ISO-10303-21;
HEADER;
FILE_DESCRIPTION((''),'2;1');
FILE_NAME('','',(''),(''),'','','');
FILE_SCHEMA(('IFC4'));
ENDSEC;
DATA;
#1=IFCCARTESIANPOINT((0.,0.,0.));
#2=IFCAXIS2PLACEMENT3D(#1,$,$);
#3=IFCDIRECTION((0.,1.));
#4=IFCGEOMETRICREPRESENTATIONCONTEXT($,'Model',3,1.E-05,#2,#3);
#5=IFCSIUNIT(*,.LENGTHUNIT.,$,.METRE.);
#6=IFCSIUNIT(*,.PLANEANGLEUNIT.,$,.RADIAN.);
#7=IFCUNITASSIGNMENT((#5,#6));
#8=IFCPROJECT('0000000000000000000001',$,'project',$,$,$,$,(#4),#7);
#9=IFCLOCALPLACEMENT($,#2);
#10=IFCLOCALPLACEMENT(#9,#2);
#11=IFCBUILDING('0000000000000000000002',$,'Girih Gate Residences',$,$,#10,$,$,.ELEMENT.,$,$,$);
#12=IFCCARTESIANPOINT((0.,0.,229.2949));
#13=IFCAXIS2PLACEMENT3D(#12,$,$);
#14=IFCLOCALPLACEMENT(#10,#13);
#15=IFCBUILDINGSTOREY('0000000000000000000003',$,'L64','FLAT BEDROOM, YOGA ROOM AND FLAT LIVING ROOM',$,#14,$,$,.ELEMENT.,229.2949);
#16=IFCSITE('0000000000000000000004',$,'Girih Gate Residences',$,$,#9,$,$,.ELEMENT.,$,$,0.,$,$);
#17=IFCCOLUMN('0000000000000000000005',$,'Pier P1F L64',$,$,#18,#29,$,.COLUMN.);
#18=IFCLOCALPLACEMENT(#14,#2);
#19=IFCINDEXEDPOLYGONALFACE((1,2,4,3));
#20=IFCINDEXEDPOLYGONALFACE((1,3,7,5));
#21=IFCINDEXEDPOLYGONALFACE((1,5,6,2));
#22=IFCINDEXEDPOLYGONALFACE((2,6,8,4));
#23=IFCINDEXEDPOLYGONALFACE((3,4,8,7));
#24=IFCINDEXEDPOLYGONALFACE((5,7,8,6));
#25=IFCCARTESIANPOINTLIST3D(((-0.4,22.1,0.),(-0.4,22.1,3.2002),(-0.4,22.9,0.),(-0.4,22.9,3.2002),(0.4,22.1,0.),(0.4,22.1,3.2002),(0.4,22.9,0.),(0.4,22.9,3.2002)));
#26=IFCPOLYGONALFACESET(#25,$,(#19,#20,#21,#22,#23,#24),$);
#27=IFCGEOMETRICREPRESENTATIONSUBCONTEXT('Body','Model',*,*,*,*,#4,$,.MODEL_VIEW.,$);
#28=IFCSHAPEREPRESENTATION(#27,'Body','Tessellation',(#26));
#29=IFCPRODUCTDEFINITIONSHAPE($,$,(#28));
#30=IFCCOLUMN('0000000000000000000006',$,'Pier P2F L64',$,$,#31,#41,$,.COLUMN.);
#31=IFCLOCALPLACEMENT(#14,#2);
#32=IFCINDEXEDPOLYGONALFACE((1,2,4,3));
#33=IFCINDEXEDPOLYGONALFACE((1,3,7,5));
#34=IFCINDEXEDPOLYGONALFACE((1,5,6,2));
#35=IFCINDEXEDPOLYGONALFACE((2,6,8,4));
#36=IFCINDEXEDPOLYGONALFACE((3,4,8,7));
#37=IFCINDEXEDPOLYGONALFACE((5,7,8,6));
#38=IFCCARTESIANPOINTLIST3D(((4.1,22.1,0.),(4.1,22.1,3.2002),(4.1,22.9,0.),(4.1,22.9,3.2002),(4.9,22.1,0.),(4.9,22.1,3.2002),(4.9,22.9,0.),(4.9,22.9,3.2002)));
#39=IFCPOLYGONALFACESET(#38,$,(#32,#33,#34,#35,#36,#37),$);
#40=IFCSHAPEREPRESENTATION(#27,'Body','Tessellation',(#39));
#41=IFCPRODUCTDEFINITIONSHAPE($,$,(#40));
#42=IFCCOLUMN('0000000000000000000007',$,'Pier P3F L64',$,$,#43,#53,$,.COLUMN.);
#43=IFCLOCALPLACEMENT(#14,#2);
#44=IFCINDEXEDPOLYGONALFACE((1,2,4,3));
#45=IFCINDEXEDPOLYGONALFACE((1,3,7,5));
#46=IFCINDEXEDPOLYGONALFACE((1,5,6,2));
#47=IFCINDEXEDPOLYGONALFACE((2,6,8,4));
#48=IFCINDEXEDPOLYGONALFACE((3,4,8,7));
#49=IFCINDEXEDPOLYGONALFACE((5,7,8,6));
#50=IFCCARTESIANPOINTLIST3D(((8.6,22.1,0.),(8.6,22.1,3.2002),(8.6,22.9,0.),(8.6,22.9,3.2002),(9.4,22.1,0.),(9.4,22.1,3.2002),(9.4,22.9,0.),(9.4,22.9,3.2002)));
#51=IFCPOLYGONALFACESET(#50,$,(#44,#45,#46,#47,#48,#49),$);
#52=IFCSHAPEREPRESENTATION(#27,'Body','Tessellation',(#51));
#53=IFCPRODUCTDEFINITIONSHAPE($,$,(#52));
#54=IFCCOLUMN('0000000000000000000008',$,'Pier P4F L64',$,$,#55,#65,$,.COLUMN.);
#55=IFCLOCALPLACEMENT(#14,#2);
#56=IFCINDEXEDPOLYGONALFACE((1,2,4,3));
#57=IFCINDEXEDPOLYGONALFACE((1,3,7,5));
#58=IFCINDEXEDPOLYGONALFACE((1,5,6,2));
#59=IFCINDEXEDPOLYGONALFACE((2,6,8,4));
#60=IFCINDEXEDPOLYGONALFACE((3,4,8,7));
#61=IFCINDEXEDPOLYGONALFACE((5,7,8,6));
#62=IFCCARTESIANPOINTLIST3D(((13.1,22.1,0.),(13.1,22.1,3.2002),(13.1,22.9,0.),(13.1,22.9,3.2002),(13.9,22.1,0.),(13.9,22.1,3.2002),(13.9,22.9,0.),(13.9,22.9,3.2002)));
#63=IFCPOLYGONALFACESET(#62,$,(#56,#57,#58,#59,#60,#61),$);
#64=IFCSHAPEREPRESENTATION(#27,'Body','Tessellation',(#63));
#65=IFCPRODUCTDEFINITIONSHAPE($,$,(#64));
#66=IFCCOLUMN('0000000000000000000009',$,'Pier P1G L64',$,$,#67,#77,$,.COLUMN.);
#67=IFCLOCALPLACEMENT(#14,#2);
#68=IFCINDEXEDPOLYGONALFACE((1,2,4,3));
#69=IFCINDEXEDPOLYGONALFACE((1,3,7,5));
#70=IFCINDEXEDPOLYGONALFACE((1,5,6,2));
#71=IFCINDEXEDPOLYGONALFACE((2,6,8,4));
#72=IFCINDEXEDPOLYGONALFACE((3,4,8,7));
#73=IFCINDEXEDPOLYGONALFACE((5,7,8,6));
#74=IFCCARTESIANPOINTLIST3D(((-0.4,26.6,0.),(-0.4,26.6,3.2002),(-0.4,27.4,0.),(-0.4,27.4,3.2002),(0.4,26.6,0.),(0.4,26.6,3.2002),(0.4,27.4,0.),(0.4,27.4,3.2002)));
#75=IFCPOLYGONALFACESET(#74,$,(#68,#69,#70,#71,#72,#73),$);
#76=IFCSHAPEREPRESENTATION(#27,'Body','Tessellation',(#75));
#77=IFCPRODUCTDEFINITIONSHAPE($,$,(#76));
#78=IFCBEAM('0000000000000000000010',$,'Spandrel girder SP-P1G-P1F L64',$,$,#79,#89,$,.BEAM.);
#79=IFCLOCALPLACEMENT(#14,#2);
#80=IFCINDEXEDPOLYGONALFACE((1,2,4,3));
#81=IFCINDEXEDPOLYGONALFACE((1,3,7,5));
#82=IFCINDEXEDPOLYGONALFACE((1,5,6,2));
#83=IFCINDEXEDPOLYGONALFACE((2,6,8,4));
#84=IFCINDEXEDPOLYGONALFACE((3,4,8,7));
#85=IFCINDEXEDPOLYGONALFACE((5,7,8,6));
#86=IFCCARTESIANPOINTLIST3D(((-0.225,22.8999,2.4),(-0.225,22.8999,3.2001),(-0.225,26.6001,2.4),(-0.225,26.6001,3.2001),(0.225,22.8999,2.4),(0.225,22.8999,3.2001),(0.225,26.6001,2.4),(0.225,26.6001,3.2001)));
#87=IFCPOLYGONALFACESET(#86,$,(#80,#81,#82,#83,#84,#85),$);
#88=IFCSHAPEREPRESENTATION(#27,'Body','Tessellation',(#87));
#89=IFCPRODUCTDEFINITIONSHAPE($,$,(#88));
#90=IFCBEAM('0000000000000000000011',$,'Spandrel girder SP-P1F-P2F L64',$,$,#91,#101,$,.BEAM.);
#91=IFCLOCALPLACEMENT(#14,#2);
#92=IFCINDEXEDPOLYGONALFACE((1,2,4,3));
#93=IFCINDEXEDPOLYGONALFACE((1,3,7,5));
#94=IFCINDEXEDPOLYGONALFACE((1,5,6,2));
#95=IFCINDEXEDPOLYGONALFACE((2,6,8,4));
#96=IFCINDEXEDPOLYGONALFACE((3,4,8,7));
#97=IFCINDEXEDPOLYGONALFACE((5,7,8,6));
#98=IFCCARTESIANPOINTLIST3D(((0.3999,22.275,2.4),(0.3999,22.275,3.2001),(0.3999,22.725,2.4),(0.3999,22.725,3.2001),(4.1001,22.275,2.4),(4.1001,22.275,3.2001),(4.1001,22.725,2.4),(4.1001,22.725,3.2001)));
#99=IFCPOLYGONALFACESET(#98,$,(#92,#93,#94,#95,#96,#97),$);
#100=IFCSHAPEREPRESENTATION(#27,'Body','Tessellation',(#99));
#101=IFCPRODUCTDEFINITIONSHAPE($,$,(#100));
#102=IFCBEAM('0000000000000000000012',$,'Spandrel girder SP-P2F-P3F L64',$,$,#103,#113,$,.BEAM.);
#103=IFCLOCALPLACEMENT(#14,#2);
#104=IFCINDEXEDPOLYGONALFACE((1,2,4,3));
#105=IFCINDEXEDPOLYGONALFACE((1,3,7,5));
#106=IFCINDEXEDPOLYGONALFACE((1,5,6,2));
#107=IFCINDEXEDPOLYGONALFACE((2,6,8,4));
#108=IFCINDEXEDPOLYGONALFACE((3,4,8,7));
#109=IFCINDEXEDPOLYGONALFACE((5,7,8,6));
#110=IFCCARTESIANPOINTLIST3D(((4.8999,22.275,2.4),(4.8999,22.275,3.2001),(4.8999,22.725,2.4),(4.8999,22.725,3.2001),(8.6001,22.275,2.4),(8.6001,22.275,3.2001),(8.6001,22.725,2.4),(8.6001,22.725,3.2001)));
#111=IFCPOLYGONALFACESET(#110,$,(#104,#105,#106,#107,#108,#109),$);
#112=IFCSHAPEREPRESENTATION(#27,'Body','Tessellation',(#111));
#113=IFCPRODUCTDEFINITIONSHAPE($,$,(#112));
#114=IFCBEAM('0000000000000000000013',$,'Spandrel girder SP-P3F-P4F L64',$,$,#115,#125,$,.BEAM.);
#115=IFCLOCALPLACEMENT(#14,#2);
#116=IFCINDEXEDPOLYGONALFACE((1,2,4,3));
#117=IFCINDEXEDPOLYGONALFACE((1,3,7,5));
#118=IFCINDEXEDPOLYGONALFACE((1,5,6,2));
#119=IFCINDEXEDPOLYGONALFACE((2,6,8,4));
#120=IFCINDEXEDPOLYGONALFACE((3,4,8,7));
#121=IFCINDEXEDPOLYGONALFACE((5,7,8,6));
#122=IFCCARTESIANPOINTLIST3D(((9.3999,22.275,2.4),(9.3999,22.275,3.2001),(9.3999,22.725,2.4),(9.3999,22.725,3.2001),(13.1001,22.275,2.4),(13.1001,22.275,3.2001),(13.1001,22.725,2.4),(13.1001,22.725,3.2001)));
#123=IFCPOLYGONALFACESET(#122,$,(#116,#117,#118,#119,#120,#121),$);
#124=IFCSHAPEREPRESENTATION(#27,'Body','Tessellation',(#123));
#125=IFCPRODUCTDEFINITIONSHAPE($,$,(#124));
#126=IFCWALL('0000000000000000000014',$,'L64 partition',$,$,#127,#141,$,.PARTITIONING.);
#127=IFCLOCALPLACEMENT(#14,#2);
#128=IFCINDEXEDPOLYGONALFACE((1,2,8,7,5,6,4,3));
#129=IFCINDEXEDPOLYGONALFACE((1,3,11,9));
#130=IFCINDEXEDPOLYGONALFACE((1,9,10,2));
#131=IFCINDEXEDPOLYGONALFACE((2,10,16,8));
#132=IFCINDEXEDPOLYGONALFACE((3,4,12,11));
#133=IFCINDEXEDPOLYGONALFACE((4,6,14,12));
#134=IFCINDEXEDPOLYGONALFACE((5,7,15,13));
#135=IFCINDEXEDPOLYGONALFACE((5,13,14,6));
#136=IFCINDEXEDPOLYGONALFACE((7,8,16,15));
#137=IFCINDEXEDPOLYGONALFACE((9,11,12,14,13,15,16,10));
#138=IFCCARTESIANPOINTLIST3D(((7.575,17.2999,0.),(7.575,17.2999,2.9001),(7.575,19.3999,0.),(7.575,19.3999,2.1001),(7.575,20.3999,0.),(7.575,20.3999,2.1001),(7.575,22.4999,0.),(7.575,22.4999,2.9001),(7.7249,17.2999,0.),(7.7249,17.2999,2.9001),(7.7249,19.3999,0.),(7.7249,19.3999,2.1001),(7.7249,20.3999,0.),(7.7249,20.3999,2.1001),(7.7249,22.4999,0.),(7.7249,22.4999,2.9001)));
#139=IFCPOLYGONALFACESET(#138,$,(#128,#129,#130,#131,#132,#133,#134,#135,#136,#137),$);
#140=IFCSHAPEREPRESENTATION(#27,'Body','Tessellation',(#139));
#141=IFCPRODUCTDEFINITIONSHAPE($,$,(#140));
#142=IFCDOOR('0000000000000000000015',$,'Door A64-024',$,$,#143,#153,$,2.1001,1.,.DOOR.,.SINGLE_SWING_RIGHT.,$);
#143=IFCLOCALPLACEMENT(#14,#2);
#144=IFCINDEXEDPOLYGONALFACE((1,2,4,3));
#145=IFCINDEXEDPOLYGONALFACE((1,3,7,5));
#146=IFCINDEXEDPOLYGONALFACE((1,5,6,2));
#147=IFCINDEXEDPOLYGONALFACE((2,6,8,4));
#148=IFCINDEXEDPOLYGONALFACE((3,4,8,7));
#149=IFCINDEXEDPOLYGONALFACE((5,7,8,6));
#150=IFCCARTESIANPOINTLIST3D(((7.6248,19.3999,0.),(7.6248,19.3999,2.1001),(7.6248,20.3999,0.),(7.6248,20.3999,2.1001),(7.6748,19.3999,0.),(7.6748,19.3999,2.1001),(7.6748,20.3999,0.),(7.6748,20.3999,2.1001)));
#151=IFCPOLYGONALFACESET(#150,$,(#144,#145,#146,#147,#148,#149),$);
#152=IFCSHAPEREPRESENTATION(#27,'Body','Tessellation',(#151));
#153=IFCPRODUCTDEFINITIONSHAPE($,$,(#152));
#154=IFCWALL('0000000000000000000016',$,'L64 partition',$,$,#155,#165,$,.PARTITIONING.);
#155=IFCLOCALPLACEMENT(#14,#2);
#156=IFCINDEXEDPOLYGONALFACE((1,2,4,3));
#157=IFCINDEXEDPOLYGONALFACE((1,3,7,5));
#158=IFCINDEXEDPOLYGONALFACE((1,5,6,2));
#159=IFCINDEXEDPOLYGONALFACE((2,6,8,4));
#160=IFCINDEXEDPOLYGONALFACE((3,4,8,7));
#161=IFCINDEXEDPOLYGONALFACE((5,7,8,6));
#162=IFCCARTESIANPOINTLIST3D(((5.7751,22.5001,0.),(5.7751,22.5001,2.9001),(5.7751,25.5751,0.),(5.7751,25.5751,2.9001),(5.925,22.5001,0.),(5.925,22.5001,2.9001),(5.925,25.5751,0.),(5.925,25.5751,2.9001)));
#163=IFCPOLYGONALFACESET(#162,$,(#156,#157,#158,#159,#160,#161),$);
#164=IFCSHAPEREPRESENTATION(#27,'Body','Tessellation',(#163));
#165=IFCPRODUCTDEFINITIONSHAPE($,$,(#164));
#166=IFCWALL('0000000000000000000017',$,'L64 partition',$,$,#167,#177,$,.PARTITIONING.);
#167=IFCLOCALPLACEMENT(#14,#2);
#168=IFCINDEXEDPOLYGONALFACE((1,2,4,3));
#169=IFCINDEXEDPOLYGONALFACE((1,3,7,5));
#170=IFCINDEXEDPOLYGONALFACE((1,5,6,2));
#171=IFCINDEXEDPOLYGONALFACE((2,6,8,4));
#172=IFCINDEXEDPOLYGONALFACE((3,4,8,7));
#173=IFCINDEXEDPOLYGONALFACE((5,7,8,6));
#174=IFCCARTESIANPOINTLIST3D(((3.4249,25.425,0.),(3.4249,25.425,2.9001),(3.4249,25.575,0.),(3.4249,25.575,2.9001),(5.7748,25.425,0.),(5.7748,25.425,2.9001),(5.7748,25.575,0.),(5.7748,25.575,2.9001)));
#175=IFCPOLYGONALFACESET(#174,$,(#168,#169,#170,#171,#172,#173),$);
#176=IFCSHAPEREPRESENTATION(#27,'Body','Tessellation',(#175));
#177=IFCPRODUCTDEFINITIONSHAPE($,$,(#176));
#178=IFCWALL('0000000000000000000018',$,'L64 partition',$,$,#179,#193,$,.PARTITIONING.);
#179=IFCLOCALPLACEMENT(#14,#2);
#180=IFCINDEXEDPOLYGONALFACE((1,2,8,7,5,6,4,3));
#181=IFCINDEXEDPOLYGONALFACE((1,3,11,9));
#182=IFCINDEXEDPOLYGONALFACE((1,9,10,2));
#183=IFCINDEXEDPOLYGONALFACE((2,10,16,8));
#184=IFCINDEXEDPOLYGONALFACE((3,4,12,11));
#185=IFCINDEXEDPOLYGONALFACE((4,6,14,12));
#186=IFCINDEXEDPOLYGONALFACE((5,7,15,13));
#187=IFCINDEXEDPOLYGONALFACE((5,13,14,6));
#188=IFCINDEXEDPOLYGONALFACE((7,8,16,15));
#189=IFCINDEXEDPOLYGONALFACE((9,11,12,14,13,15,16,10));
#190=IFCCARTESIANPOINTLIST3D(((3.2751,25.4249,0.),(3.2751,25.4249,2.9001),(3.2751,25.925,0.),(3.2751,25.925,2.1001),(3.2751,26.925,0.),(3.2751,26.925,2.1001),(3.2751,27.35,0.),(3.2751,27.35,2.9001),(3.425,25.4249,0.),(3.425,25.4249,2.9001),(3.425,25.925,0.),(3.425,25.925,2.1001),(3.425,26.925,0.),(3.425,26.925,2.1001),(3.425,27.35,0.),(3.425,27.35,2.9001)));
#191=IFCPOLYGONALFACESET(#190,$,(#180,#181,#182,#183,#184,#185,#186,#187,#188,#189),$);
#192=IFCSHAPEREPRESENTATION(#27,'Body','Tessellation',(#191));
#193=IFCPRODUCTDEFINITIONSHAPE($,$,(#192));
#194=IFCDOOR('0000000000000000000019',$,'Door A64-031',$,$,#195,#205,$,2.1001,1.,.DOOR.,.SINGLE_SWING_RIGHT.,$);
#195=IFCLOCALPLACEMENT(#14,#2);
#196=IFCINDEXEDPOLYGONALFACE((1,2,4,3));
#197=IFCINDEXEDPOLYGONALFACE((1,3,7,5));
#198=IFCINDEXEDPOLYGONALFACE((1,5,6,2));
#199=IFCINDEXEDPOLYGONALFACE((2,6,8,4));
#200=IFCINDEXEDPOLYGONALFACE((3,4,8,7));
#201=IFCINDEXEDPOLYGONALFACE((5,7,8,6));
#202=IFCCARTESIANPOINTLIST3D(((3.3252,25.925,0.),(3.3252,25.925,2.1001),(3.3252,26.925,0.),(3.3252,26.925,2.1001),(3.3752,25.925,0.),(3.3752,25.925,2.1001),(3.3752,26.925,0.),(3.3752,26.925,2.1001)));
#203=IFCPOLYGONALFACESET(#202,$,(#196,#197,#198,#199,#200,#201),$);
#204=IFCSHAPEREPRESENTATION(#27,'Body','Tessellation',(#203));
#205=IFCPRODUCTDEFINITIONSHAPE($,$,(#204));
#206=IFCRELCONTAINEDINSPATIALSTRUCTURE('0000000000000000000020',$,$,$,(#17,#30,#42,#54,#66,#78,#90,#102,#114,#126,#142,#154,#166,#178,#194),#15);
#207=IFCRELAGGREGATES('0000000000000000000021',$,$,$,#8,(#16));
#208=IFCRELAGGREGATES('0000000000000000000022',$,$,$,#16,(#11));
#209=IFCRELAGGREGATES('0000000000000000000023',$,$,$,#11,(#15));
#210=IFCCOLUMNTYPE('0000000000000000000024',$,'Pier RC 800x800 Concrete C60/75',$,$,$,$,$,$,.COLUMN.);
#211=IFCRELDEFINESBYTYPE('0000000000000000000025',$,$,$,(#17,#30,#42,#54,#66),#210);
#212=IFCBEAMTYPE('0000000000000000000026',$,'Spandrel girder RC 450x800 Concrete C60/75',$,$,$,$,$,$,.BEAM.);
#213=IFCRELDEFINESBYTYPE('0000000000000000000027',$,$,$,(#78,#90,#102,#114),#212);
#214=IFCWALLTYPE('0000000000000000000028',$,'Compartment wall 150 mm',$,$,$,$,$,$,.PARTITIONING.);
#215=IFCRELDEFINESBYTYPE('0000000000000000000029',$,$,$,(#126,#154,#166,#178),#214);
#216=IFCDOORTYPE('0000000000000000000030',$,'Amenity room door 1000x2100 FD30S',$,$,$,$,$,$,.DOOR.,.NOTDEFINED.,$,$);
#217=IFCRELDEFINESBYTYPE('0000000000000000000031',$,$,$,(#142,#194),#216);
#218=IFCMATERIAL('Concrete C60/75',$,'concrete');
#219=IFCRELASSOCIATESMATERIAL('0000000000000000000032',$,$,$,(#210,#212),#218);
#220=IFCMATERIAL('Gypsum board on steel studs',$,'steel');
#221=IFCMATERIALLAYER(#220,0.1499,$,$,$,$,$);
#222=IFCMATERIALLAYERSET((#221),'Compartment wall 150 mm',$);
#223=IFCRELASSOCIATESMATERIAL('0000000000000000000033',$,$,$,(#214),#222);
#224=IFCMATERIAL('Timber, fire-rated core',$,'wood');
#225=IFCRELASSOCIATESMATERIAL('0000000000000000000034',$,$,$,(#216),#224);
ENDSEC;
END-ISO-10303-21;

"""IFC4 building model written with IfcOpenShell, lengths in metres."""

from ifc_helpers import new_model, si_unit, direction, frame, frame_2d, origin, origin_2d, place, context, subcontext, project, spatial, rectangle, extrude, material, layer, layer_set, material_profile, profile_set, type_object, element, fill, save


model = new_model("IFC4")

# Units and contexts
model_context = context("Model", 3, precision=1e-05, world=origin(), true_north=direction((0.0, 1.0)))
body_context = subcontext(model_context, "Body", "Model", "MODEL_VIEW")
ifc_project = project(units=[si_unit("LENGTHUNIT", "METRE"), si_unit("PLANEANGLEUNIT", "RADIAN")], contexts=[model_context])

# Site, building, storey
site_placement = place(None, origin())
site = spatial("IfcSite", under=ifc_project, at=site_placement, Name="Girih Gate Residences", CompositionType="ELEMENT", RefElevation=0.0)
building_placement = place(site_placement, origin())
building = spatial("IfcBuilding", under=site, at=building_placement, Name="Girih Gate Residences", CompositionType="ELEMENT")
storey_placement = place(building_placement, frame((0.0, 0.0, 229.2949)))
storey = spatial("IfcBuildingStorey", under=building, at=storey_placement, Name="L64", Description="FLAT BEDROOM, YOGA ROOM AND FLAT LIVING ROOM", CompositionType="ELEMENT", Elevation=229.2949)

# Columns
ifc_material_1 = material(Name="Concrete C60/75", Category="concrete")
ifc_material_profile_1 = material_profile(ifc_material_1, rectangle(XDim=0.8, YDim=0.8, at=origin_2d()))
ifc_profile_set_1 = profile_set([ifc_material_profile_1], Name="Concrete C60/75")
column_type = type_object("IfcColumnType", Name="Pier RC 800x800 Concrete C60/75", PredefinedType="COLUMN", material=ifc_profile_set_1)
for number, where, z_axis, x_axis, name in (
    (1, (0.0, 22.5, 0.0), (0.0, 0.0, 1.0), (1.0, 0.0, 0.0), "Pier P1F L64"),
    (2, (4.5, 22.5, 0.0), (0.0, 0.0, 1.0), (1.0, 0.0, 0.0), "Pier P2F L64"),
    (3, (9.0, 22.5, 0.0), (0.0, 0.0, 1.0), (1.0, 0.0, 0.0), "Pier P3F L64"),
    (4, (13.5, 22.5, 0.0), (0.0, 0.0, 1.0), (1.0, 0.0, 0.0), "Pier P4F L64"),
    (5, (0.0, 27.0, 0.0), (0.0, 0.0, 1.0), (1.0, 0.0, 0.0), "Pier P1G L64"),
):
    element("IfcColumn", number, at=place(storey_placement, frame(where, z_axis=z_axis, x_axis=x_axis)), inside=storey, type_object=column_type, Name=name, PredefinedType="COLUMN", context=body_context, shape_type="SweptSolid", body=[
        extrude(rectangle(XDim=0.8, YDim=0.8, at=origin_2d()), origin(), (0.0, 0.0, 1.0), 3.2002),
    ])

# Beams
ifc_material_profile_2 = material_profile(ifc_material_1, rectangle(XDim=0.45, YDim=0.8, at=origin_2d()))
ifc_profile_set_2 = profile_set([ifc_material_profile_2], Name="Concrete C60/75")
beam_type = type_object("IfcBeamType", Name="Spandrel girder RC 450x800 Concrete C60/75", PredefinedType="BEAM", material=ifc_profile_set_2)
for number, where, z_axis, x_axis, name in (
    (6, (0.0, 26.6001, 2.8), (0.0, -1.0, 0.0), (1.0, 0.0, 0.0), "Spandrel girder SP-P1G-P1F L64"),
    (7, (0.3999, 22.5, 2.8), (1.0, 0.0, 0.0), (0.0, 1.0, 0.0), "Spandrel girder SP-P1F-P2F L64"),
    (8, (4.8999, 22.5, 2.8), (1.0, 0.0, 0.0), (0.0, 1.0, 0.0), "Spandrel girder SP-P2F-P3F L64"),
    (9, (9.3999, 22.5, 2.8), (1.0, 0.0, 0.0), (0.0, 1.0, 0.0), "Spandrel girder SP-P3F-P4F L64"),
):
    element("IfcBeam", number, at=place(storey_placement, frame(where, z_axis=z_axis, x_axis=x_axis)), inside=storey, type_object=beam_type, Name=name, PredefinedType="BEAM", context=body_context, shape_type="SweptSolid", body=[
        extrude(rectangle(XDim=0.45, YDim=0.8, at=origin_2d()), origin(), (0.0, 0.0, 1.0), 3.7002),
    ])

# Wall, opening, door
ifc_material_2 = material(Name="Gypsum board on steel studs", Category="steel")
ifc_layer_1 = layer(ifc_material_2, 0.1499)
ifc_layer_set_1 = layer_set([ifc_layer_1], Name="Compartment wall 150 mm")
wall_type_1 = type_object("IfcWallType", Name="Compartment wall 150 mm", PredefinedType="PARTITIONING", material=ifc_layer_set_1)
wall_1_placement = place(storey_placement, frame((7.6499, 22.5, 0.0), z_axis=(0.0, 0.0, 1.0), x_axis=(0.0, -1.0, 0.0)))
wall_1 = element("IfcWall", 10, at=wall_1_placement, inside=storey, type_object=wall_type_1, Name="L64 partition", PredefinedType="PARTITIONING", context=body_context, shape_type="SweptSolid", body=[
    extrude(rectangle(XDim=5.2, YDim=0.1499, at=frame_2d((2.6001, 0.0))), origin(), (0.0, 0.0, 1.0), 2.9001),
])
opening_1_placement = place(wall_1_placement, frame((2.1001, 0.0, 0.0)))
opening_1 = element("IfcOpeningElement", 11, at=opening_1_placement, cuts=wall_1, PredefinedType="OPENING", context=body_context, shape_type="SweptSolid", body=[
    extrude(rectangle(XDim=1.0, YDim=2.1001, at=frame_2d((0.5, 1.05))), frame((0.0, 0.085, 0.0), z_axis=(0.0, -1.0, 0.0), x_axis=(1.0, 0.0, 0.0)), (0.0, 0.0, 1.0), 0.1699),
])
ifc_material_3 = material(Name="Timber, fire-rated core", Category="wood")
door_type = type_object("IfcDoorType", Name="Amenity room door 1000x2100 FD30S", OperationType="NOTDEFINED", PredefinedType="DOOR", material=ifc_material_3)
door_1_placement = place(opening_1_placement, origin())
door_1 = element("IfcDoor", 12, at=door_1_placement, inside=storey, type_object=door_type, Name="Door A64-024", OperationType="SINGLE_SWING_RIGHT", OverallHeight=2.1001, OverallWidth=1.0, PredefinedType="DOOR", context=body_context, shape_type="SweptSolid", body=[
    extrude(rectangle(XDim=1.0, YDim=2.1001, at=frame_2d((0.5, 1.05))), frame((0.0, 0.0249, 0.0), z_axis=(0.0, -1.0, 0.0), x_axis=(1.0, 0.0, 0.0)), (0.0, 0.0, 1.0), 0.05),
])
fill(opening_1, door_1)

# Walls
wall_2_placement = place(storey_placement, frame((5.8501, 22.5, 0.0), z_axis=(0.0, 0.0, 1.0), x_axis=(0.0, 1.0, 0.0)))
element("IfcWall", 13, at=wall_2_placement, inside=storey, type_object=wall_type_1, Name="L64 partition", PredefinedType="PARTITIONING", context=body_context, shape_type="SweptSolid", body=[
    extrude(rectangle(XDim=3.075, YDim=0.1499, at=frame_2d((1.5376, 0.0))), origin(), (0.0, 0.0, 1.0), 2.9001),
])
wall_3_placement = place(storey_placement, frame((3.425, 25.5, 0.0), z_axis=(0.0, 0.0, 1.0), x_axis=(1.0, 0.0, 0.0)))
element("IfcWall", 14, at=wall_3_placement, inside=storey, type_object=wall_type_1, Name="L64 partition", PredefinedType="PARTITIONING", context=body_context, shape_type="SweptSolid", body=[
    extrude(rectangle(XDim=2.3499, YDim=0.1499, at=frame_2d((1.1748, 0.0))), origin(), (0.0, 0.0, 1.0), 2.9001),
])

# Wall, opening, door
wall_4_placement = place(storey_placement, frame((3.3501, 25.425, 0.0), z_axis=(0.0, 0.0, 1.0), x_axis=(0.0, 1.0, 0.0)))
wall_4 = element("IfcWall", 15, at=wall_4_placement, inside=storey, type_object=wall_type_1, Name="L64 partition", PredefinedType="PARTITIONING", context=body_context, shape_type="SweptSolid", body=[
    extrude(rectangle(XDim=1.925, YDim=0.1499, at=frame_2d((0.9624, 0.0))), origin(), (0.0, 0.0, 1.0), 2.9001),
])
opening_2_placement = place(wall_4_placement, frame((0.5, 0.0, 0.0)))
opening_2 = element("IfcOpeningElement", 16, at=opening_2_placement, cuts=wall_4, PredefinedType="OPENING", context=body_context, shape_type="SweptSolid", body=[
    extrude(rectangle(XDim=1.0, YDim=2.1001, at=frame_2d((0.5, 1.05))), frame((0.0, 0.085, 0.0), z_axis=(0.0, -1.0, 0.0), x_axis=(1.0, 0.0, 0.0)), (0.0, 0.0, 1.0), 0.1699),
])
door_2_placement = place(opening_2_placement, origin())
door_2 = element("IfcDoor", 17, at=door_2_placement, inside=storey, type_object=door_type, Name="Door A64-031", OperationType="SINGLE_SWING_RIGHT", OverallHeight=2.1001, OverallWidth=1.0, PredefinedType="DOOR", context=body_context, shape_type="SweptSolid", body=[
    extrude(rectangle(XDim=1.0, YDim=2.1001, at=frame_2d((0.5, 1.05))), frame((0.0, 0.0249, 0.0), z_axis=(0.0, -1.0, 0.0), x_axis=(1.0, 0.0, 0.0)), (0.0, 0.0, 1.0), 0.05),
])
fill(opening_2, door_2)

save(model, "model.ifc")
